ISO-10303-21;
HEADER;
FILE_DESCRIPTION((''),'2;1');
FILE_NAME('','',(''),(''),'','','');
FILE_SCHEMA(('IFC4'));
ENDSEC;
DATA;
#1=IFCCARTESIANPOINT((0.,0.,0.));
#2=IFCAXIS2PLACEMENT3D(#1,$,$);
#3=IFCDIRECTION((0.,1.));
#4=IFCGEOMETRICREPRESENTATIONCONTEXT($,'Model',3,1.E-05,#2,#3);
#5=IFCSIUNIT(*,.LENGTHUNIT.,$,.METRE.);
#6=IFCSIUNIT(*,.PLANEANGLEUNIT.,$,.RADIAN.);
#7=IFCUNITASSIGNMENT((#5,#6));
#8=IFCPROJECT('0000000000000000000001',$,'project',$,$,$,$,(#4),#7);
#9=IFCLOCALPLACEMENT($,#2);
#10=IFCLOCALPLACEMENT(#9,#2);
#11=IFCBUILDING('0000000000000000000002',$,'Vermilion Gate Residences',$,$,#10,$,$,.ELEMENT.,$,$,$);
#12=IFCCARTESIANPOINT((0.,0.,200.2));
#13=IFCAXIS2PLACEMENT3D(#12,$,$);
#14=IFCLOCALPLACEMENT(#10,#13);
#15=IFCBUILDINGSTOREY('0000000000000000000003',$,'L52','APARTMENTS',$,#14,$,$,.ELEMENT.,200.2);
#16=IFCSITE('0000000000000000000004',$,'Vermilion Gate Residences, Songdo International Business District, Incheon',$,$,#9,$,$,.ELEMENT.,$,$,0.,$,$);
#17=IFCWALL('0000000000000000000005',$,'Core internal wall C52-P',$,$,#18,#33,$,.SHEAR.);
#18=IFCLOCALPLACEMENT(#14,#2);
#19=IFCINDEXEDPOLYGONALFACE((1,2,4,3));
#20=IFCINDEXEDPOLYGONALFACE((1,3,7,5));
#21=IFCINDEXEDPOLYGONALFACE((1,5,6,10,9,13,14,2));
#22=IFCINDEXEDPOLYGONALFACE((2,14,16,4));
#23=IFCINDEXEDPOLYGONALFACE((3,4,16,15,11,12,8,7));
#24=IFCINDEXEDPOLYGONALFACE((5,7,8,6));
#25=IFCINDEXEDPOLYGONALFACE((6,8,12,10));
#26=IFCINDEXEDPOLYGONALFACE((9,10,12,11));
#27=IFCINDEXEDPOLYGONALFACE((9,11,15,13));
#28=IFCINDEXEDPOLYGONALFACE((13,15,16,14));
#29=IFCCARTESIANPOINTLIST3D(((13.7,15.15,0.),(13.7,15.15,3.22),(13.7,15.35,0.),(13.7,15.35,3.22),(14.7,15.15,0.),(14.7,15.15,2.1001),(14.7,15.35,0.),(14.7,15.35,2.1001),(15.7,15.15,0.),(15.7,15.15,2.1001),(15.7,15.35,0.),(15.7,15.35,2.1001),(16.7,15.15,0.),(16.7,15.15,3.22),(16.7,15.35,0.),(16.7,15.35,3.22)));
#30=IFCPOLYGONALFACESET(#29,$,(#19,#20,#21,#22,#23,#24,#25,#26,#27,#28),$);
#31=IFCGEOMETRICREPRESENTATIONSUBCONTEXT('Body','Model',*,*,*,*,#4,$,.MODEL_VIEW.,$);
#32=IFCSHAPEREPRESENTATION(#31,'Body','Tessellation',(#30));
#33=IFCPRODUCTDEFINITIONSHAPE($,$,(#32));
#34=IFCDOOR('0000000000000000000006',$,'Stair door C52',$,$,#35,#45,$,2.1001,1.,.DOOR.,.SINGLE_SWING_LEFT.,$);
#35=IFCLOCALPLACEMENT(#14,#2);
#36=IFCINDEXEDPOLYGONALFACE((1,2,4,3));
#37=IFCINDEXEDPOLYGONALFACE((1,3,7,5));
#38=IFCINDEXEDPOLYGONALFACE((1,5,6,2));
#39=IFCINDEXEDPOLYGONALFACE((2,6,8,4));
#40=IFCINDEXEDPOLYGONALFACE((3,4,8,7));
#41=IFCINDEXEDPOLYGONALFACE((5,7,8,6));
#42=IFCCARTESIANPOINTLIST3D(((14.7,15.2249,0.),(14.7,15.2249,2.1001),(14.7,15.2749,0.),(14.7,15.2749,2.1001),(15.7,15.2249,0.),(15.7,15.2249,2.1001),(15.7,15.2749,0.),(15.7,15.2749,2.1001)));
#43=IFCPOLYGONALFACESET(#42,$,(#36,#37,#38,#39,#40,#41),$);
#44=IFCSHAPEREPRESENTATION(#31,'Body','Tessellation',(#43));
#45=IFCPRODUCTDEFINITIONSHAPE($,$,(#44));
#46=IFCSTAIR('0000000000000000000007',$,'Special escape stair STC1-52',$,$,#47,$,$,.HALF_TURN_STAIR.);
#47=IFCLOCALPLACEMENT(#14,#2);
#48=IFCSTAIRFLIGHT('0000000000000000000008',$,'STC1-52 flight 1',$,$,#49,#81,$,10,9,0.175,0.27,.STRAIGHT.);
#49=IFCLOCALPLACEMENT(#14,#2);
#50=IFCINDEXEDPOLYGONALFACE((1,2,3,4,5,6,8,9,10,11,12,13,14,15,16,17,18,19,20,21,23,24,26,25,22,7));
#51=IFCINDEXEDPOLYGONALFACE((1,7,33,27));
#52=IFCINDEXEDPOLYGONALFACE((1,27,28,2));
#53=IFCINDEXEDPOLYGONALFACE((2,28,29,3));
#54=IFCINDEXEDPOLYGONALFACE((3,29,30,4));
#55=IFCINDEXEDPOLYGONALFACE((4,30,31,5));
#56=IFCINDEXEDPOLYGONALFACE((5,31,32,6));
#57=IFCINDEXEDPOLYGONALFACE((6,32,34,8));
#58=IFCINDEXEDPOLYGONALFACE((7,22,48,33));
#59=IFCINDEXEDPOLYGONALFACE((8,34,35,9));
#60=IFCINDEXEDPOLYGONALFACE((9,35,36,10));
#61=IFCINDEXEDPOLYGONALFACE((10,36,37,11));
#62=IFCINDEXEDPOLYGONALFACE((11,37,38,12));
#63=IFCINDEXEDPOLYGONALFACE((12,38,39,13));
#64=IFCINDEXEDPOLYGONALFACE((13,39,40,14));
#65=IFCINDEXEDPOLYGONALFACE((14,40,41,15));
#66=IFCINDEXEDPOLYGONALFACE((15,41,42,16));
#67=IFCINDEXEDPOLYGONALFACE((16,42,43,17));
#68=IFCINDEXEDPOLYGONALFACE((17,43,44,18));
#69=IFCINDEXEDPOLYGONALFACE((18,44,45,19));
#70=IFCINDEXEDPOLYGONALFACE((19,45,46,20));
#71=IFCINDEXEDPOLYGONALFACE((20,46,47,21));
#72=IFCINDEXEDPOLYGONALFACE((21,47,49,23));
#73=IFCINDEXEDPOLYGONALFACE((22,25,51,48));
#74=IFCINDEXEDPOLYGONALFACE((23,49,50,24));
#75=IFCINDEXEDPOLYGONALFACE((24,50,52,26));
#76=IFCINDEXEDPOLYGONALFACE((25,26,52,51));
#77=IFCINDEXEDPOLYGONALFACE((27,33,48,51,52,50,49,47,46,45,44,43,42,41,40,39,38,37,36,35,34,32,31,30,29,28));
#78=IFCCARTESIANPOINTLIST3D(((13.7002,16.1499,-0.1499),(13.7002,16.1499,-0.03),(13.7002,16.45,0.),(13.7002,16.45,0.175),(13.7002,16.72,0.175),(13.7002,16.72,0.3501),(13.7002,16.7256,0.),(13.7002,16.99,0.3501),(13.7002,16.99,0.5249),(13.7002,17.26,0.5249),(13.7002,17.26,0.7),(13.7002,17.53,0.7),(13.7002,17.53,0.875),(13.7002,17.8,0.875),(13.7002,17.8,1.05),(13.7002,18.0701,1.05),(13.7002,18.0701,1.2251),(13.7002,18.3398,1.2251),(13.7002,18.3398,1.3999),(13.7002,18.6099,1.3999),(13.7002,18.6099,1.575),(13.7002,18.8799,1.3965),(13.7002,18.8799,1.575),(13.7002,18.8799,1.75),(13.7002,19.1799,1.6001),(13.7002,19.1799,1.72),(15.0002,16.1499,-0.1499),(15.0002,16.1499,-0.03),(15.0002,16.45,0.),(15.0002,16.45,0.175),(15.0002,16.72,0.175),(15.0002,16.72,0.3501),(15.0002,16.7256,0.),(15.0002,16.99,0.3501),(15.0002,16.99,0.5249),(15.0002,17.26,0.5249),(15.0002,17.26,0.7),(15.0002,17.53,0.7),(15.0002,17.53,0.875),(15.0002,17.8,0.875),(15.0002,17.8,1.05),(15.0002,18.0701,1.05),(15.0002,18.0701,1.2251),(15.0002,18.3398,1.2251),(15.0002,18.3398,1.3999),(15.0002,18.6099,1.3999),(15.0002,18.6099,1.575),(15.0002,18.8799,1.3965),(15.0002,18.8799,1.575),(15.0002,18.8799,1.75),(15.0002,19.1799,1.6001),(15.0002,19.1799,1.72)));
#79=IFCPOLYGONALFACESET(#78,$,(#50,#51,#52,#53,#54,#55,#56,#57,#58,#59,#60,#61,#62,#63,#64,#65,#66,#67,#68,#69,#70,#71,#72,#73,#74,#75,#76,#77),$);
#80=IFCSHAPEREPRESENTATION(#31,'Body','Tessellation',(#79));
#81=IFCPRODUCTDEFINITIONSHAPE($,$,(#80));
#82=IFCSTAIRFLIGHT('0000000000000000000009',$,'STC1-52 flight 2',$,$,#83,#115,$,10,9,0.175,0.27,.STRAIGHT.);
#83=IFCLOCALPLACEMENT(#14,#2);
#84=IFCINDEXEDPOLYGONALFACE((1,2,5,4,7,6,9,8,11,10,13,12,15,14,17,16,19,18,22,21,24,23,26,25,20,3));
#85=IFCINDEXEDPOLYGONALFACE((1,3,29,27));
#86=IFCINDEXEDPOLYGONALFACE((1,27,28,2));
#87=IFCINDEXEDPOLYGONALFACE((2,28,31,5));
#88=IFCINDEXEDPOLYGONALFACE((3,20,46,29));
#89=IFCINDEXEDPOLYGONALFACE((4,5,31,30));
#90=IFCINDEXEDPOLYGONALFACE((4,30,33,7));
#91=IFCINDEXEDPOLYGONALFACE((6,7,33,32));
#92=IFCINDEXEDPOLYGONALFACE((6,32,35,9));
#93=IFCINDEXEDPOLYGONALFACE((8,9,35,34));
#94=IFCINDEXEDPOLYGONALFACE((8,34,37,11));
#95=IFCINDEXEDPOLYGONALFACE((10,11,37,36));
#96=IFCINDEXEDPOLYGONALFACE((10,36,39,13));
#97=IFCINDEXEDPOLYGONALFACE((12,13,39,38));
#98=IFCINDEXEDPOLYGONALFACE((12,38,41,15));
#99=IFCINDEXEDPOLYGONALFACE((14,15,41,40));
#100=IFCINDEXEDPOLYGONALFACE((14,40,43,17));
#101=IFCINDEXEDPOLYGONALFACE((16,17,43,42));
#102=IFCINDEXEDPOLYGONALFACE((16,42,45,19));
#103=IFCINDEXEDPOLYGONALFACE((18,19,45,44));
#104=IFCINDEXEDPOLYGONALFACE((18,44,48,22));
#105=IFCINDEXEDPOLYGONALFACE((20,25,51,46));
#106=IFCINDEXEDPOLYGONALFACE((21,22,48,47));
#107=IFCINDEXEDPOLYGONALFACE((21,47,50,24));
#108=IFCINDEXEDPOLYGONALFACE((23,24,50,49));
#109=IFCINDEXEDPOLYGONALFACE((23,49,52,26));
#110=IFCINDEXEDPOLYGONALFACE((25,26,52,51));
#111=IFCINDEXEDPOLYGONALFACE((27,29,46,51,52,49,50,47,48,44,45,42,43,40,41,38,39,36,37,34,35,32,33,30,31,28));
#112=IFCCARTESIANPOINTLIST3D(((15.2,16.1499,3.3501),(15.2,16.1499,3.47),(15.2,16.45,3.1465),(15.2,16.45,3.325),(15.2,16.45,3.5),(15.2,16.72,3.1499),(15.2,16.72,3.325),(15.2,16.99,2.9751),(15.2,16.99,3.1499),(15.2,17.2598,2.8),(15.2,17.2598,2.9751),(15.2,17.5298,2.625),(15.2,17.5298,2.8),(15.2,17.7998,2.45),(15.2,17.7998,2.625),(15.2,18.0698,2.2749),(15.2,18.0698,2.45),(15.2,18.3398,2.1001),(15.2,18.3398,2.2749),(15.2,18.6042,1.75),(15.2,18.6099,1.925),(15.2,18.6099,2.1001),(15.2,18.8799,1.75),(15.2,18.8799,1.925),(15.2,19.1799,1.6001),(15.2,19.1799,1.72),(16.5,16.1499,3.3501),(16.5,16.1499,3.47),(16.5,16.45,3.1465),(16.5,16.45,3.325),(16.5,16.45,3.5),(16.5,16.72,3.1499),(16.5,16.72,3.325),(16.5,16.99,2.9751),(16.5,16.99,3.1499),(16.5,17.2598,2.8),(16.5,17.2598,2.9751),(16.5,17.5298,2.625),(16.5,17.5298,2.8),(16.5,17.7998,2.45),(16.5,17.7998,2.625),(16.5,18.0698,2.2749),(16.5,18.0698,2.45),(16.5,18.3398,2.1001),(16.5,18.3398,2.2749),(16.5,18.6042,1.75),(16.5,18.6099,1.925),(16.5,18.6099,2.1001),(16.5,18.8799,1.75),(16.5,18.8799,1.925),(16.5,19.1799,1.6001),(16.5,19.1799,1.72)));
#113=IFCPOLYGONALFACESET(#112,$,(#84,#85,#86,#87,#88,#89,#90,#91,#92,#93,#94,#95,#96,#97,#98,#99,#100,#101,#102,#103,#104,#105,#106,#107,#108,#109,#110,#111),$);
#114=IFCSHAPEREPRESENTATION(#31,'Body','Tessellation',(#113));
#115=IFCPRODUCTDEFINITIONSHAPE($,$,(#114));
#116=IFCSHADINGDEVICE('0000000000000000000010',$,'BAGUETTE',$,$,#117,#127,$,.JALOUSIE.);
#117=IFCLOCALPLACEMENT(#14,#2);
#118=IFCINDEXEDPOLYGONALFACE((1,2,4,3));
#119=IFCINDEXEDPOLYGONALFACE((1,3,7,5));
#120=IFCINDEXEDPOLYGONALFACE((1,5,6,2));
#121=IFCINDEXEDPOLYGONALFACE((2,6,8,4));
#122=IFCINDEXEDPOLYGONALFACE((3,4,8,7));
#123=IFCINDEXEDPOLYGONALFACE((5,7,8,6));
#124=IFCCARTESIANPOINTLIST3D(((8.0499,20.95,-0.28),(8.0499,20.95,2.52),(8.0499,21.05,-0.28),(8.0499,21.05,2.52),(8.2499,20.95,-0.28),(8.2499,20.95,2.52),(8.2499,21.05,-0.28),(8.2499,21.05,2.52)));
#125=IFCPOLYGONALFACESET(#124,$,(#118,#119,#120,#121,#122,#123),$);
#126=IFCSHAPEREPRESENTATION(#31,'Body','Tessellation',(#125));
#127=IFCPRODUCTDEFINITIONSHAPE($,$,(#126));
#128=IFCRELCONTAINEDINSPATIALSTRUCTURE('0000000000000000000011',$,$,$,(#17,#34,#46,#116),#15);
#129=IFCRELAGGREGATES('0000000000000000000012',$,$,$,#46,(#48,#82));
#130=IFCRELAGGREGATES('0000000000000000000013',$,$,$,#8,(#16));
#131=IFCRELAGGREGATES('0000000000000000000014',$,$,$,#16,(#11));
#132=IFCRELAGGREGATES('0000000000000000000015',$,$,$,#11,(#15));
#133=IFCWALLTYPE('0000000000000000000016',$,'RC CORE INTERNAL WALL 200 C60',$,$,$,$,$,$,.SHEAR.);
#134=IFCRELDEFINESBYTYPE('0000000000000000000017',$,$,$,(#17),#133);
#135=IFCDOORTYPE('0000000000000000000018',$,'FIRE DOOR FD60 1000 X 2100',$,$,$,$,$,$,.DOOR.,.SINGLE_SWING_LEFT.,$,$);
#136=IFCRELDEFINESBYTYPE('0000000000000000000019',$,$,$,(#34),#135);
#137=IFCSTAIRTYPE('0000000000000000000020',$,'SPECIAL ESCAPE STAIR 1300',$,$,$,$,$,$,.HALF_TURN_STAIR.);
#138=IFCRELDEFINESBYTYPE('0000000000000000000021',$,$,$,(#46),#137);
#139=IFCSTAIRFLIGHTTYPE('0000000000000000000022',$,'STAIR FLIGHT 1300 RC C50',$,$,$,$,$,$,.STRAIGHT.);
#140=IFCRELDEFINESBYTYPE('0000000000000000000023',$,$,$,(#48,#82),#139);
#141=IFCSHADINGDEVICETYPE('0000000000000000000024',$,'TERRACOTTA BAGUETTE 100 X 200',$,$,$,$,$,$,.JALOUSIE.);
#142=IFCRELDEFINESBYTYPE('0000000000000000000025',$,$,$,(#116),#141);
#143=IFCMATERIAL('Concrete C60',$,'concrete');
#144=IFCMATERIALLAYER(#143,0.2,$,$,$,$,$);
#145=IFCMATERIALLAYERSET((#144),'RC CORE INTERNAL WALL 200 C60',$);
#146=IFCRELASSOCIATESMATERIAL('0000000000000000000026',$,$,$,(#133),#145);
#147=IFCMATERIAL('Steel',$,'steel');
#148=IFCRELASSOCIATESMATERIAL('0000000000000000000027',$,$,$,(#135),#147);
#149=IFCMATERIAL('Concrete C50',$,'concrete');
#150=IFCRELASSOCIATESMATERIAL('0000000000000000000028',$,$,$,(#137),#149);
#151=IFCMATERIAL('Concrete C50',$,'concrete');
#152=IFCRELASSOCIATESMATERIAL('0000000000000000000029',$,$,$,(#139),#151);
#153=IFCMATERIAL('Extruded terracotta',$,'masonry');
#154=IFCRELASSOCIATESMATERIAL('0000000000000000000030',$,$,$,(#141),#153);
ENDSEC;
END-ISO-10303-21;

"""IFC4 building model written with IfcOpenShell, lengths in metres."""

from ifc_helpers import new_model, si_unit, direction, frame, frame_2d, origin, origin_2d, place, context, subcontext, project, spatial, polyline, rectangle, outline, extrude, material, layer, layer_set, material_profile, profile_set, type_object, element, fill, aggregate, save


model = new_model("IFC4")

# Units and contexts
model_context = context("Model", 3, precision=1e-05, world=origin(), true_north=direction((0.0, 1.0)))
body_context = subcontext(model_context, "Body", "Model", "MODEL_VIEW")
ifc_project = project(units=[si_unit("LENGTHUNIT", "METRE"), si_unit("PLANEANGLEUNIT", "RADIAN")], contexts=[model_context])

# Site, building, storey
site_placement = place(None, origin())
site = spatial("IfcSite", under=ifc_project, at=site_placement, Name="Vermilion Gate Residences, Songdo International Business District, Incheon", CompositionType="ELEMENT", RefElevation=0.0)
building_placement = place(site_placement, origin())
building = spatial("IfcBuilding", under=site, at=building_placement, Name="Vermilion Gate Residences", CompositionType="ELEMENT")
storey_placement = place(building_placement, frame((0.0, 0.0, 200.2)))
storey = spatial("IfcBuildingStorey", under=building, at=storey_placement, Name="L52", Description="APARTMENTS", CompositionType="ELEMENT", Elevation=200.2)

# Shared definitions
ifc_material_1 = material(Name="Concrete C60", Category="concrete")
ifc_layer_1 = layer(ifc_material_1, 0.2)
ifc_layer_set_1 = layer_set([ifc_layer_1], Name="RC CORE INTERNAL WALL 200 C60")
wall_type_1 = type_object("IfcWallType", Name="RC CORE INTERNAL WALL 200 C60", PredefinedType="SHEAR", material=ifc_layer_set_1)

# Wall, opening, door
wall_1_placement = place(storey_placement, frame((13.7, 15.25, 0.0), z_axis=(0.0, 0.0, 1.0), x_axis=(1.0, 0.0, 0.0)))
wall_1 = element("IfcWall", 1, at=wall_1_placement, inside=storey, type_object=wall_type_1, Name="Core internal wall C52-P", PredefinedType="SHEAR", context=body_context, shape_type="SweptSolid", body=[
    extrude(rectangle(XDim=3.0, YDim=0.2, at=frame_2d((1.5, 0.0))), origin(), (0.0, 0.0, 1.0), 3.22),
])
opening_1_placement = place(wall_1_placement, frame((1.0, 0.0, 0.0)))
opening_1 = element("IfcOpeningElement", 2, at=opening_1_placement, cuts=wall_1, PredefinedType="OPENING", context=body_context, shape_type="SweptSolid", body=[
    extrude(rectangle(XDim=1.0, YDim=2.1001, at=frame_2d((0.5, 1.05))), frame((0.0, 0.1099, 0.0), z_axis=(0.0, -1.0, 0.0), x_axis=(1.0, 0.0, 0.0)), (0.0, 0.0, 1.0), 0.22),
])
ifc_material_2 = material(Name="Steel", Category="steel")
door_type_1 = type_object("IfcDoorType", Name="FIRE DOOR FD60 1000 X 2100", OperationType="SINGLE_SWING_LEFT", PredefinedType="DOOR", material=ifc_material_2)
door_1_placement = place(opening_1_placement, origin())
door_1 = element("IfcDoor", 3, at=door_1_placement, inside=storey, type_object=door_type_1, Name="Stair door C52", OperationType="SINGLE_SWING_LEFT", OverallHeight=2.1001, OverallWidth=1.0, PredefinedType="DOOR", context=body_context, shape_type="SweptSolid", body=[
    extrude(rectangle(XDim=1.0, YDim=2.1001, at=frame_2d((0.5, 1.05))), frame((0.0, 0.0249, 0.0), z_axis=(0.0, -1.0, 0.0), x_axis=(1.0, 0.0, 0.0)), (0.0, 0.0, 1.0), 0.05),
])
fill(opening_1, door_1)

# Stair, stair flights
ifc_material_3 = material(Name="Concrete C50", Category="concrete")
stair_type = type_object("IfcStairType", Name="SPECIAL ESCAPE STAIR 1300", PredefinedType="HALF_TURN_STAIR", material=ifc_material_3)
stair_placement = place(storey_placement, origin())
stair = element("IfcStair", 4, at=stair_placement, inside=storey, type_object=stair_type, Name="Special escape stair STC1-52", PredefinedType="HALF_TURN_STAIR")
ifc_material_4 = material(Name="Concrete C50", Category="concrete")
stair_flight_type = type_object("IfcStairFlightType", Name="STAIR FLIGHT 1300 RC C50", PredefinedType="STRAIGHT", material=ifc_material_4)
stair_flight_1_placement = place(storey_placement, frame((14.3501, 16.45, 0.0), z_axis=(0.0, 0.0, 1.0), x_axis=(0.0, 1.0, 0.0)))
stair_flight_1 = element("IfcStairFlight", 5, at=stair_flight_1_placement, type_object=stair_flight_type, Name="STC1-52 flight 1", NumberOfRisers=10, NumberOfTreads=9, PredefinedType="STRAIGHT", RiserHeight=0.175, TreadLength=0.27, context=body_context, shape_type="SweptSolid", body=[
    extrude(outline(polyline([(-0.3, -0.1499), (-0.3, -0.03), (0.0, 0.0), (0.0, 0.175), (0.27, 0.175), (0.27, 0.3501), (0.54, 0.3501), (0.54, 0.5249), (0.8101, 0.5249), (0.8101, 0.7), (1.0801, 0.7), (1.0801, 0.875), (1.3501, 0.875), (1.3501, 1.05), (1.6201, 1.05), (1.6201, 1.2251), (1.8899, 1.2251), (1.8899, 1.3999), (2.1599, 1.3999), (2.1599, 1.575), (2.4299, 1.575), (2.4299, 1.75), (2.73, 1.72), (2.73, 1.6001), (2.4299, 1.3965), (0.2756, 0.0), (-0.3, -0.1499)])), frame((0.0, 0.6499, 0.0), z_axis=(0.0, -1.0, 0.0), x_axis=(1.0, 0.0, 0.0)), (0.0, 0.0, 1.0), 1.3),
])
stair_flight_2_placement = place(storey_placement, frame((15.8501, 18.8799, 1.75), z_axis=(0.0, 0.0, 1.0), x_axis=(0.0, -1.0, 0.0)))
stair_flight_2 = element("IfcStairFlight", 6, at=stair_flight_2_placement, type_object=stair_flight_type, Name="STC1-52 flight 2", NumberOfRisers=10, NumberOfTreads=9, PredefinedType="STRAIGHT", RiserHeight=0.175, TreadLength=0.27, context=body_context, shape_type="SweptSolid", body=[
    extrude(outline(polyline([(-0.3, -0.1499), (-0.3, -0.03), (0.0, 0.0), (0.0, 0.175), (0.27, 0.175), (0.27, 0.3501), (0.54, 0.3501), (0.54, 0.5249), (0.8101, 0.5249), (0.8101, 0.7), (1.0801, 0.7), (1.0801, 0.875), (1.3501, 0.875), (1.3501, 1.05), (1.6201, 1.05), (1.6201, 1.2251), (1.8899, 1.2251), (1.8899, 1.3999), (2.1599, 1.3999), (2.1599, 1.575), (2.4299, 1.575), (2.4299, 1.75), (2.73, 1.72), (2.73, 1.6001), (2.4299, 1.3965), (0.2756, 0.0), (-0.3, -0.1499)])), frame((0.0, 0.6499, 0.0), z_axis=(0.0, -1.0, 0.0), x_axis=(1.0, 0.0, 0.0)), (0.0, 0.0, 1.0), 1.3),
])
aggregate(stair, [stair_flight_1, stair_flight_2])

# Shading device
ifc_material_5 = material(Name="Extruded terracotta", Category="masonry")
ifc_material_profile_1 = material_profile(ifc_material_5, rectangle(XDim=0.2, YDim=0.1001, at=origin_2d()), Name="BAGUETTE 100 X 200")
ifc_profile_set_1 = profile_set([ifc_material_profile_1], Name="Extruded terracotta")
shading_device_type = type_object("IfcShadingDeviceType", Name="TERRACOTTA BAGUETTE 100 X 200", PredefinedType="JALOUSIE", material=ifc_profile_set_1)
shading_device_placement = place(storey_placement, frame((8.1499, 21.0, -0.28), z_axis=(0.0, 0.0, 1.0), x_axis=(1.0, 0.0, 0.0)))
element("IfcShadingDevice", 7, at=shading_device_placement, inside=storey, type_object=shading_device_type, Name="BAGUETTE", PredefinedType="JALOUSIE", context=body_context, shape_type="SweptSolid", body=[
    extrude(rectangle(XDim=0.2, YDim=0.1001, at=origin_2d()), origin(), (0.0, 0.0, 1.0), 2.8),
])

save(model, "model.ifc")
